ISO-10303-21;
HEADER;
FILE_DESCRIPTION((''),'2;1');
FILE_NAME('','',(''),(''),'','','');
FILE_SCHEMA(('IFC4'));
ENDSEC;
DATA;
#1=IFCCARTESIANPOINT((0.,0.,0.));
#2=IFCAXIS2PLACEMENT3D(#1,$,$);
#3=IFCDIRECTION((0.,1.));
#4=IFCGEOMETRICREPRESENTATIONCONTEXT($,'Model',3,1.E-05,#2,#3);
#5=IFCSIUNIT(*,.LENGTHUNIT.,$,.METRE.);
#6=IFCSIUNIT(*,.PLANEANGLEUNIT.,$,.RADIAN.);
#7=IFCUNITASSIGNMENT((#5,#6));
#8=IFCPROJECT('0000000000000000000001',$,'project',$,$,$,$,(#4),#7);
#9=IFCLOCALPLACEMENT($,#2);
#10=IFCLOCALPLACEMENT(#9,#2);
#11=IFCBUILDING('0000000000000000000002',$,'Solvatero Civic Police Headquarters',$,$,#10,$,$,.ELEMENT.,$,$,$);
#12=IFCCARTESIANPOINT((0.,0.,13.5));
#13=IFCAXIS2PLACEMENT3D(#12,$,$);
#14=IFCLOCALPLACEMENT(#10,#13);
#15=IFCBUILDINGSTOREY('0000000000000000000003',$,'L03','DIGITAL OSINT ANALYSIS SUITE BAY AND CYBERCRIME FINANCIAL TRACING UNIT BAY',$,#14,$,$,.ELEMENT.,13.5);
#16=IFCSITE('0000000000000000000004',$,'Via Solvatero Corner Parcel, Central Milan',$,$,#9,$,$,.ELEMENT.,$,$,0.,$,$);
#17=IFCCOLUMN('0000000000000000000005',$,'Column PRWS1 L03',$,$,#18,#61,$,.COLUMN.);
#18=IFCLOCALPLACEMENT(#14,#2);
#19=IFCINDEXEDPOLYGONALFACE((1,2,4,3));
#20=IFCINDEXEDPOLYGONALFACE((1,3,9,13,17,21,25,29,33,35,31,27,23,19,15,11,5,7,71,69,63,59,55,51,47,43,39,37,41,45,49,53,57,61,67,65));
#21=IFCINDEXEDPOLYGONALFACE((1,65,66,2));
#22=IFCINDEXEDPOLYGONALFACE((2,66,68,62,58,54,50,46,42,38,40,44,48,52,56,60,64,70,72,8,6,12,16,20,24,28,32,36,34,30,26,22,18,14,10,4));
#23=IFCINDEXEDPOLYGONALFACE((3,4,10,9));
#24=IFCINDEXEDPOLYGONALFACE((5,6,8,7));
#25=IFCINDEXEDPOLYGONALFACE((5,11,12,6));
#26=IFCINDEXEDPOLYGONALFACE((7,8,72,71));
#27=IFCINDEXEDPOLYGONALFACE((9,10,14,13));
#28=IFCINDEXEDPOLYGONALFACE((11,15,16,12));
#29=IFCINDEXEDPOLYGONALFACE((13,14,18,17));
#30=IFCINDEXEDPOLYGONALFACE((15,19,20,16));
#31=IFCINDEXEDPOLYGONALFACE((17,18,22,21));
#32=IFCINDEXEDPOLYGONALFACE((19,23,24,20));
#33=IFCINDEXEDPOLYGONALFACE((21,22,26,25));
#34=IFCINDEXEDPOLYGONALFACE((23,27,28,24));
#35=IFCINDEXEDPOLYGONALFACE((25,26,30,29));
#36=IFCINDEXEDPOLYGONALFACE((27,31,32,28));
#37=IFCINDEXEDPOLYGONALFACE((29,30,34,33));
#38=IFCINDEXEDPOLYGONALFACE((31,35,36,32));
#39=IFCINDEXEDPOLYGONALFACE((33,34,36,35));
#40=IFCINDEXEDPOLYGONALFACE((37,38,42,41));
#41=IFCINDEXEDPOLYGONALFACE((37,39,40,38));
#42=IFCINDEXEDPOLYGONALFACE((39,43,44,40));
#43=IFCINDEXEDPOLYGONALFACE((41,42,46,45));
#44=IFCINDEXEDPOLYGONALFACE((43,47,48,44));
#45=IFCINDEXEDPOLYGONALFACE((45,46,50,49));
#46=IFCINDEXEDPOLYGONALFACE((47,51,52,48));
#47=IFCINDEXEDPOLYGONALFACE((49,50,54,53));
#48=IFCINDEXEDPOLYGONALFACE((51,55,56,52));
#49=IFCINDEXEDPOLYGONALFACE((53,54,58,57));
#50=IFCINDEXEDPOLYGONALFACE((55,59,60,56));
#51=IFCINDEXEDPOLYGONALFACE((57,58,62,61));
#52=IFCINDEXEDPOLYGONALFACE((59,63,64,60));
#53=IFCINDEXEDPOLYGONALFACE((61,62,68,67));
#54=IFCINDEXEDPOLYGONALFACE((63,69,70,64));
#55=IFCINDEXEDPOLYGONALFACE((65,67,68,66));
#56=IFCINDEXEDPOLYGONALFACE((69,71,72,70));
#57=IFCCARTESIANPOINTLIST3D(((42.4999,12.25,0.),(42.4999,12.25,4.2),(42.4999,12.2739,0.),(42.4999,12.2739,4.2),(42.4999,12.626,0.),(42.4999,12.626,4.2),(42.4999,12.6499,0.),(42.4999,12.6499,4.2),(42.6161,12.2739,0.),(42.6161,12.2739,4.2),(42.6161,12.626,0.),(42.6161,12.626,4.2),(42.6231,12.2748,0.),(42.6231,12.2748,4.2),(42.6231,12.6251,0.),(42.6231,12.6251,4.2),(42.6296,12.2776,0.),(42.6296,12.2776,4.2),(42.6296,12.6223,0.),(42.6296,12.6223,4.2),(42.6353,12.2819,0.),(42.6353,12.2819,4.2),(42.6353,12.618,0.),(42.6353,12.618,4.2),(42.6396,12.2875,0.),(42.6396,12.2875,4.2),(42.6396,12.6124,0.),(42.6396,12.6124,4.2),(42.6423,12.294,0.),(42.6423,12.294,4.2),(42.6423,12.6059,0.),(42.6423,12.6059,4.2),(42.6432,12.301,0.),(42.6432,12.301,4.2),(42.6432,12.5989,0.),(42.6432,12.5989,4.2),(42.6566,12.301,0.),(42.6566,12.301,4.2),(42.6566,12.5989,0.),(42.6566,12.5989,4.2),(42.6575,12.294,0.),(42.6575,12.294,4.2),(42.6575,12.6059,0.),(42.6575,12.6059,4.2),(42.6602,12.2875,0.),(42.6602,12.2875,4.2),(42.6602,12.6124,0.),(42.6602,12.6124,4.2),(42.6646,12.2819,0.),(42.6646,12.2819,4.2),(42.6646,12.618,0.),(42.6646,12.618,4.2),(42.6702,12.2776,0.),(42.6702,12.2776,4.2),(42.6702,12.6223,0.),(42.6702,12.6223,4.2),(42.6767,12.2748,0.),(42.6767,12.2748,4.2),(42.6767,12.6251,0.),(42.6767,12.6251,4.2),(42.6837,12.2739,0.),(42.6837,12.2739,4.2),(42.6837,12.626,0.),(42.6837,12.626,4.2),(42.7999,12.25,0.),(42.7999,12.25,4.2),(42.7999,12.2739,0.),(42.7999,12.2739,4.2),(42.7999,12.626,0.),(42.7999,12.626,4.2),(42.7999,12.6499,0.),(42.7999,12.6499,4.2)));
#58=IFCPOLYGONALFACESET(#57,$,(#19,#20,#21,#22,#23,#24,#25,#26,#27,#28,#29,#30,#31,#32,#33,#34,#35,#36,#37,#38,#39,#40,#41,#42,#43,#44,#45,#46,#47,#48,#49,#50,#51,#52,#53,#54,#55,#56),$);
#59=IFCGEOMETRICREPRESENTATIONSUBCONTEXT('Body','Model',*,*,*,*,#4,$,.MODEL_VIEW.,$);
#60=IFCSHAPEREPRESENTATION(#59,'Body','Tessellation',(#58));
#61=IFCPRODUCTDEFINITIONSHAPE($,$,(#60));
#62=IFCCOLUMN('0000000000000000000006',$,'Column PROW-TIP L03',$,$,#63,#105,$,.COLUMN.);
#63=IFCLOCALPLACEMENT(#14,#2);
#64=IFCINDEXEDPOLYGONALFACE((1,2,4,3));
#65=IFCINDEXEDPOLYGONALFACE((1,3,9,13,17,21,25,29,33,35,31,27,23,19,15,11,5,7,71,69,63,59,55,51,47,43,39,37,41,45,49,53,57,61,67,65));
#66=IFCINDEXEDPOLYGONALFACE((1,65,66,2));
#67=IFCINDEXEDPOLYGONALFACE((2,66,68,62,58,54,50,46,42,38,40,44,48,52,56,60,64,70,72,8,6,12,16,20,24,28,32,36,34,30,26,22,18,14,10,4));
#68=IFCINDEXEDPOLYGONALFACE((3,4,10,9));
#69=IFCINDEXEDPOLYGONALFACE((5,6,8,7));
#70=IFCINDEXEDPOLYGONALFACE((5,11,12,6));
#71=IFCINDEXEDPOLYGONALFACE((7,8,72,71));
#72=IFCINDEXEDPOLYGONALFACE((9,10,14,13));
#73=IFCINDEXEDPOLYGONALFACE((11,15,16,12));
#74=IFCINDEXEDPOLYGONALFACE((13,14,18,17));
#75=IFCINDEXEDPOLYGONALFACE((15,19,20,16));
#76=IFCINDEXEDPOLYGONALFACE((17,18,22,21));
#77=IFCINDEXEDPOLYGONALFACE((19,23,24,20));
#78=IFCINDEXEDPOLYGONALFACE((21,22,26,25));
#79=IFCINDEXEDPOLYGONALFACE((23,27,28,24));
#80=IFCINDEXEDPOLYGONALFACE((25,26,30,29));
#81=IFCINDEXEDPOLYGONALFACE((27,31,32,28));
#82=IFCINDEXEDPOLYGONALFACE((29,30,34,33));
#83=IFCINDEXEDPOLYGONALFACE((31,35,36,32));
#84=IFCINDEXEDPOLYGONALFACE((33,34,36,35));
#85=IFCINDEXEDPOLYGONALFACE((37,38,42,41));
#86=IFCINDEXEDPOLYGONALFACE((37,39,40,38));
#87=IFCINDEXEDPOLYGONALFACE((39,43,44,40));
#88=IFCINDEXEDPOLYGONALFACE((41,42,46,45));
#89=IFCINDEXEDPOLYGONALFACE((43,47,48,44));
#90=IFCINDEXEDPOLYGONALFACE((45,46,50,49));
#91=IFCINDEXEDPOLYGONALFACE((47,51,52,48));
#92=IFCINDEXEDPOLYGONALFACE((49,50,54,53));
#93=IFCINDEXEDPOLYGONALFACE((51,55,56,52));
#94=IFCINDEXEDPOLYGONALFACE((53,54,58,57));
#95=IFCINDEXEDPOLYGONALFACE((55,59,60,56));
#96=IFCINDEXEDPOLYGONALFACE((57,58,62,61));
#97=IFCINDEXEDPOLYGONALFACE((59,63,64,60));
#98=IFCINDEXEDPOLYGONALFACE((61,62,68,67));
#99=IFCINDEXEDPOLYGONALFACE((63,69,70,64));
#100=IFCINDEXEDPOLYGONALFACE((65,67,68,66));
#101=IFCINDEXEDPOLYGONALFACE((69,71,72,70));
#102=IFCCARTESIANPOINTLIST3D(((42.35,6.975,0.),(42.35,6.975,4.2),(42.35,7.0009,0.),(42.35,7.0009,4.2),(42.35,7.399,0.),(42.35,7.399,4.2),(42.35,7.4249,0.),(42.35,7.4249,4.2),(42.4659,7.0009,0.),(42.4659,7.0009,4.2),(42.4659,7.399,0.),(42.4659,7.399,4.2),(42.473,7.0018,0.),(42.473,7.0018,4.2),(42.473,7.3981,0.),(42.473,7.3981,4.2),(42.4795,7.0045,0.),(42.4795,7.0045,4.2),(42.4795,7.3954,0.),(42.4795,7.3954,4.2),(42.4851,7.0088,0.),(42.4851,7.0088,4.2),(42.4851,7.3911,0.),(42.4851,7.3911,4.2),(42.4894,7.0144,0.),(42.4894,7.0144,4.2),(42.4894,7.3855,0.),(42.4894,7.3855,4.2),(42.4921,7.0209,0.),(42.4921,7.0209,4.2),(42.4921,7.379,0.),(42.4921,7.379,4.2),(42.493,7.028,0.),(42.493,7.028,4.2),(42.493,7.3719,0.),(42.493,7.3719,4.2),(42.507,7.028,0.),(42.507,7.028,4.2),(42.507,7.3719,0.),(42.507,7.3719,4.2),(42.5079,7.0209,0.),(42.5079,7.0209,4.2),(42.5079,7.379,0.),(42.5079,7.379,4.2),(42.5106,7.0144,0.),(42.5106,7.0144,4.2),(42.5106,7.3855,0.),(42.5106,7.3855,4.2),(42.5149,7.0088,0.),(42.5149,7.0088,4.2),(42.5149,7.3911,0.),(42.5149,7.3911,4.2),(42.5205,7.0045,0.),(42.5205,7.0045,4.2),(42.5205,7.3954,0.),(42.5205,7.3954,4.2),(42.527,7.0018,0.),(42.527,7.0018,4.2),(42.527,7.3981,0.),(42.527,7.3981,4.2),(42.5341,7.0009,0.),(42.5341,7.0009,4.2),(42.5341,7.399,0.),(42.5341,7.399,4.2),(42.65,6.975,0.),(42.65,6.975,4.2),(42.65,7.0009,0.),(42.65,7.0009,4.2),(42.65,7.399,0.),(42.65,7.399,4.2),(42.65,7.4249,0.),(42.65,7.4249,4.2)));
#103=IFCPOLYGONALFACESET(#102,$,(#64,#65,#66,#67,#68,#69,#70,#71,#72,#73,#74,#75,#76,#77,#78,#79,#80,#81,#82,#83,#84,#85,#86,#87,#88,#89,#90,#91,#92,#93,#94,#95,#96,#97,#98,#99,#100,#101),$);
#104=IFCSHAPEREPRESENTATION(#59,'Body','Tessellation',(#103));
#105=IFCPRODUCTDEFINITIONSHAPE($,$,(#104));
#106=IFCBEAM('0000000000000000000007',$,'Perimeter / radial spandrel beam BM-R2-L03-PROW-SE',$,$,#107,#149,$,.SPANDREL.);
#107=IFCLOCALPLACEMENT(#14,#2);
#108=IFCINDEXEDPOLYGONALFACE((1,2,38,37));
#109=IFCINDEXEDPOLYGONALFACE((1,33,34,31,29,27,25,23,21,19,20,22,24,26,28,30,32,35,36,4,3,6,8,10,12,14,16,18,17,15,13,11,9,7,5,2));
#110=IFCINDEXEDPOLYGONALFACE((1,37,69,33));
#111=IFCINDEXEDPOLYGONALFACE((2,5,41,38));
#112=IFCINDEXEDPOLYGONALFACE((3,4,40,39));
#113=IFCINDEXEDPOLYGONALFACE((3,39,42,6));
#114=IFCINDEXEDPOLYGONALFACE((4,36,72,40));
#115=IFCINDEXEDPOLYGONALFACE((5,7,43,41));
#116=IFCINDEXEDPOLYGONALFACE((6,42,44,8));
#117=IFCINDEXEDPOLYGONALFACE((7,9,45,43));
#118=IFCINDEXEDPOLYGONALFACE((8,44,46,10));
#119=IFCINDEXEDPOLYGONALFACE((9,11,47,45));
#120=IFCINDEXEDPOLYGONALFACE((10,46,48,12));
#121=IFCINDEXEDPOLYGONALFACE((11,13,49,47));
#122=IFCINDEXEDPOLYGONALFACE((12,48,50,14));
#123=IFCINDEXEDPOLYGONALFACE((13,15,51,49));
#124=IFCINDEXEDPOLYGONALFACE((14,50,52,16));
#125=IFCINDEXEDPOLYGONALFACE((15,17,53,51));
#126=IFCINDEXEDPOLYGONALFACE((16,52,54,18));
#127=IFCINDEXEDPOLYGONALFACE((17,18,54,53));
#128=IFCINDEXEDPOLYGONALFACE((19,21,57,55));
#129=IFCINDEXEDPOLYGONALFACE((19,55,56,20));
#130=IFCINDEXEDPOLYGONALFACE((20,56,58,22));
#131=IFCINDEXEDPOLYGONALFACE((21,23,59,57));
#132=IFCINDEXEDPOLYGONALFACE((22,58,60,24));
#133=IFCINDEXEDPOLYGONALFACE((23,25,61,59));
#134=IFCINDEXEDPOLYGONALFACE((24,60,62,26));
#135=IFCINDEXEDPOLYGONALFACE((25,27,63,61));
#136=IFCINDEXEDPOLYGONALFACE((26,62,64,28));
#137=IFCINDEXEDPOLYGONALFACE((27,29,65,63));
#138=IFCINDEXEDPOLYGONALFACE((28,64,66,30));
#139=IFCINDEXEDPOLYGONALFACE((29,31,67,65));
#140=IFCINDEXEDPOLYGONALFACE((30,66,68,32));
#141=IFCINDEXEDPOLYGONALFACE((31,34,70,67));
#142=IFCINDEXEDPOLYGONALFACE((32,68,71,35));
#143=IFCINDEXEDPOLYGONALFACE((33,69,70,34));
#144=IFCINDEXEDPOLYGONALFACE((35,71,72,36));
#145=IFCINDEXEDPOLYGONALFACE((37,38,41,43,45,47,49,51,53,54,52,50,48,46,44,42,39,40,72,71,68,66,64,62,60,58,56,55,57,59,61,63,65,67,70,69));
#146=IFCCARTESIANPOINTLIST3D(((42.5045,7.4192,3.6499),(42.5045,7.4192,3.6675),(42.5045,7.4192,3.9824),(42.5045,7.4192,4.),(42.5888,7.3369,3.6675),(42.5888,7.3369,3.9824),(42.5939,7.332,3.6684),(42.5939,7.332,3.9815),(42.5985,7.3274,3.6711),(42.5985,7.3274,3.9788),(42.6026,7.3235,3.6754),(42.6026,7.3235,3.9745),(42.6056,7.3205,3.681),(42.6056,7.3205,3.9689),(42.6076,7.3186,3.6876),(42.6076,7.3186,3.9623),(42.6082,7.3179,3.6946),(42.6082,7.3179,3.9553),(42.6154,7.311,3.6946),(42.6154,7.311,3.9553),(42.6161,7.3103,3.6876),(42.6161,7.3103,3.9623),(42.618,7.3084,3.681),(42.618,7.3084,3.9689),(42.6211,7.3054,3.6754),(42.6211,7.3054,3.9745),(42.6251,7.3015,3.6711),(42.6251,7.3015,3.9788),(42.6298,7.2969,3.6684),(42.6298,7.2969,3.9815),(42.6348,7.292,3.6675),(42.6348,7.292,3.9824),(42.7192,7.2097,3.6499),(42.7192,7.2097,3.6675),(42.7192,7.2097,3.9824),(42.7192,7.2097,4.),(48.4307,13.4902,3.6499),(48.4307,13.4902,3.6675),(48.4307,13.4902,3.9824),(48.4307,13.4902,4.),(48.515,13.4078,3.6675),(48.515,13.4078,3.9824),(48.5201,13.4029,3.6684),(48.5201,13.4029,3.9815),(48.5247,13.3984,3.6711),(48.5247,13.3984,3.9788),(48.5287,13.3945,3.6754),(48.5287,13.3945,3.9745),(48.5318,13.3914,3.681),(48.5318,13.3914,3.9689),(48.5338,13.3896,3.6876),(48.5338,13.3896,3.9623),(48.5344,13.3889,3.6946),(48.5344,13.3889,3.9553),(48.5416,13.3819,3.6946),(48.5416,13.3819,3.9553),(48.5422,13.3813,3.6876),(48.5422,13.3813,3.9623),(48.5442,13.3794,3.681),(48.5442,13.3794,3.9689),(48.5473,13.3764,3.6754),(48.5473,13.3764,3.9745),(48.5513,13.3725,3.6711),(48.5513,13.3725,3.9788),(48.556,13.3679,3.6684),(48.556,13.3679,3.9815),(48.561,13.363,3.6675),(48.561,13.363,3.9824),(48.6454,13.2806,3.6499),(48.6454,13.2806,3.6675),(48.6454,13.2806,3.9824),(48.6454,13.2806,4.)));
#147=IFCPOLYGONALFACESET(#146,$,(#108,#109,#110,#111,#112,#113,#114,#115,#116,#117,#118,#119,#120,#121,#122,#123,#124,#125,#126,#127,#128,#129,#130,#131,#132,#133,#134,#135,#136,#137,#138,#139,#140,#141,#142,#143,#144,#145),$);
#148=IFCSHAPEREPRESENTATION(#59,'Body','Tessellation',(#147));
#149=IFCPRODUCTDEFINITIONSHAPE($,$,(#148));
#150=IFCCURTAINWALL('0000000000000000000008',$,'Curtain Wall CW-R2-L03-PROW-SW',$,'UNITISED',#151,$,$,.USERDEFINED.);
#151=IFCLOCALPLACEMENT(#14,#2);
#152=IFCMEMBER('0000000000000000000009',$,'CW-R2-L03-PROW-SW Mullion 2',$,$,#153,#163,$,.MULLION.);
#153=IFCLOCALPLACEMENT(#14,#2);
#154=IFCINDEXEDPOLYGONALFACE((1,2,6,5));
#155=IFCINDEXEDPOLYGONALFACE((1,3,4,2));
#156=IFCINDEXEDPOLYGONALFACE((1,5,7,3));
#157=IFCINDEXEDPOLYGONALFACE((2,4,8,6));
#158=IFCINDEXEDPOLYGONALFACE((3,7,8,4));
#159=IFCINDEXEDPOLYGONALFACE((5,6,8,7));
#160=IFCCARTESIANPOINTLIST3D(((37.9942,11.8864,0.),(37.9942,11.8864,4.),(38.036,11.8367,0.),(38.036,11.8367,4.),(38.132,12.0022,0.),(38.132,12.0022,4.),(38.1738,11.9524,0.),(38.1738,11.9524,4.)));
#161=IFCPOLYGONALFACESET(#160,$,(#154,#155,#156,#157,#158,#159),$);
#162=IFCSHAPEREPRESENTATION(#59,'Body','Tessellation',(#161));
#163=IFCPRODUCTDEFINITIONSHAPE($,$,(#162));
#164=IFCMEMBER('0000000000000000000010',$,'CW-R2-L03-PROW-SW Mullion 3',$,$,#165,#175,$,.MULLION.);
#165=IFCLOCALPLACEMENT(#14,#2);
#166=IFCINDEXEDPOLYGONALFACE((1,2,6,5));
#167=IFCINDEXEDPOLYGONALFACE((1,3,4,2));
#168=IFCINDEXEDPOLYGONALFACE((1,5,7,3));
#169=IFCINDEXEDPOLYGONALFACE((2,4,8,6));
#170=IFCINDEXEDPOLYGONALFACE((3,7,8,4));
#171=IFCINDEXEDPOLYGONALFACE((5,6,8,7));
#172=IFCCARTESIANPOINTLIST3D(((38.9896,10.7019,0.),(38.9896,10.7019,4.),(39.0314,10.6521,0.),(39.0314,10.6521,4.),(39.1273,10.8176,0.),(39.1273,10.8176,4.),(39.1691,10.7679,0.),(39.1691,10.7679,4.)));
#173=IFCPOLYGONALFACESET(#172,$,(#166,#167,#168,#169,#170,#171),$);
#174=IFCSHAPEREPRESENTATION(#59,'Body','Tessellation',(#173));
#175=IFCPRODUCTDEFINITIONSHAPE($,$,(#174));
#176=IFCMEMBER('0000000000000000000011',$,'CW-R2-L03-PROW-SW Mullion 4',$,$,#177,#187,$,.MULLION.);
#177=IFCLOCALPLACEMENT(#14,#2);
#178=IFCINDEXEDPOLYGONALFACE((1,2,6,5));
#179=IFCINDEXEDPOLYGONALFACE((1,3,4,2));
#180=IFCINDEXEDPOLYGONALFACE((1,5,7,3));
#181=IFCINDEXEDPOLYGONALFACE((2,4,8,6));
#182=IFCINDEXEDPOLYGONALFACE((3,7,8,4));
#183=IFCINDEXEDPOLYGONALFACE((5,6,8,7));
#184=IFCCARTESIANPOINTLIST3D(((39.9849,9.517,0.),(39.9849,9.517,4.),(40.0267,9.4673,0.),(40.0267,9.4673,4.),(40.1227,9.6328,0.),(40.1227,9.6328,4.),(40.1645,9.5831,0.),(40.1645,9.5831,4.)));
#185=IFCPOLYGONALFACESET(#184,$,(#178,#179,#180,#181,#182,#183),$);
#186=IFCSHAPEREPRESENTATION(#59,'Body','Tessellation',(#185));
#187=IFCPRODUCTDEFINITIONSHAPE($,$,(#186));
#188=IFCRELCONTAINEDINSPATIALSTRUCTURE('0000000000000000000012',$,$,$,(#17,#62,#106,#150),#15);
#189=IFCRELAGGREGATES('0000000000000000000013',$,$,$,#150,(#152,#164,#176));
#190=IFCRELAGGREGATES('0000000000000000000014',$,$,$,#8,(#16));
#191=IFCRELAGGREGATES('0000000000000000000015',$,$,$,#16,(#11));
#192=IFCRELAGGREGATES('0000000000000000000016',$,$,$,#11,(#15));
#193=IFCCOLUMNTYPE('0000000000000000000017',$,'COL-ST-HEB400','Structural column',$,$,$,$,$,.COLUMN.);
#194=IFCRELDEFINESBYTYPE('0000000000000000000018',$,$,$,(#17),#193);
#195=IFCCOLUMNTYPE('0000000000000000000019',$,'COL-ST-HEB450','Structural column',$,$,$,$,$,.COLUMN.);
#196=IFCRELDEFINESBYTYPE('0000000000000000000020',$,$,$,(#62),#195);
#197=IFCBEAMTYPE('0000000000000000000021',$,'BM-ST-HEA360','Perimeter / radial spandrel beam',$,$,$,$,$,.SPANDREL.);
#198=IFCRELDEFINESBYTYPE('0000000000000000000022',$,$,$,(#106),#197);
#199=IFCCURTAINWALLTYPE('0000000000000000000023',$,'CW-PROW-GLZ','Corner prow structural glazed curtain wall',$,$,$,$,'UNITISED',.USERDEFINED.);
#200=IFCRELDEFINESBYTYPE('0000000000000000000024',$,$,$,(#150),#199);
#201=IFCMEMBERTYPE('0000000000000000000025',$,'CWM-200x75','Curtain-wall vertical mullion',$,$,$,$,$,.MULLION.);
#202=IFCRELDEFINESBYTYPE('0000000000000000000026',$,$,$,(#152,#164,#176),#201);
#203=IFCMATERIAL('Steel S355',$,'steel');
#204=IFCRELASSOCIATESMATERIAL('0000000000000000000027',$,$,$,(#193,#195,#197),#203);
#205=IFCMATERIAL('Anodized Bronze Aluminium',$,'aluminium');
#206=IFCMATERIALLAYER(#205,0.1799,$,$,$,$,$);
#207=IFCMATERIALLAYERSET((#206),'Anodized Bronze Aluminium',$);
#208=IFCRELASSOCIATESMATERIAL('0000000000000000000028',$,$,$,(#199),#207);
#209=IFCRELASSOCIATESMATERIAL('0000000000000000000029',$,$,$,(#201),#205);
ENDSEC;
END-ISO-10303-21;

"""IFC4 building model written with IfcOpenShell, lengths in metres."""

from ifc_helpers import new_model, si_unit, direction, frame, origin, origin_2d, place, context, subcontext, project, spatial, rectangle, i_section, extrude, material, layer, layer_set, material_profile, profile_set, type_object, element, aggregate, save


model = new_model("IFC4")

# Units and contexts
model_context = context("Model", 3, precision=1e-05, world=origin(), true_north=direction((0.0, 1.0)))
body_context = subcontext(model_context, "Body", "Model", "MODEL_VIEW")
ifc_project = project(units=[si_unit("LENGTHUNIT", "METRE"), si_unit("PLANEANGLEUNIT", "RADIAN")], contexts=[model_context])

# Site, building, storey
site_placement = place(None, origin())
site = spatial("IfcSite", under=ifc_project, at=site_placement, Name="Via Solvatero Corner Parcel, Central Milan", CompositionType="ELEMENT", RefElevation=0.0)
building_placement = place(site_placement, origin())
building = spatial("IfcBuilding", under=site, at=building_placement, Name="Solvatero Civic Police Headquarters", CompositionType="ELEMENT")
storey_placement = place(building_placement, frame((0.0, 0.0, 13.5)))
storey = spatial("IfcBuildingStorey", under=building, at=storey_placement, Name="L03", Description="DIGITAL OSINT ANALYSIS SUITE BAY AND CYBERCRIME FINANCIAL TRACING UNIT BAY", CompositionType="ELEMENT", Elevation=13.5)

# Columns
ifc_material_1 = material(Name="Steel S355", Category="steel")
ifc_material_profile_1 = material_profile(ifc_material_1, i_section(OverallWidth=0.3, OverallDepth=0.3999, WebThickness=0.0134, FlangeThickness=0.0239, FilletRadius=0.0271, at=origin_2d()), Name="HEB 400")
ifc_profile_set_1 = profile_set([ifc_material_profile_1], Name="Steel S355")
column_type_1 = type_object("IfcColumnType", Name="COL-ST-HEB400", Description="Structural column", PredefinedType="COLUMN", material=ifc_profile_set_1)
column_1_placement = place(storey_placement, frame((42.6499, 12.45, 0.0), z_axis=(0.0, 0.0, 1.0), x_axis=(1.0, 0.0, 0.0)))
element("IfcColumn", 1, at=column_1_placement, inside=storey, type_object=column_type_1, Name="Column PRWS1 L03", PredefinedType="COLUMN", context=body_context, shape_type="SweptSolid", body=[
    extrude(i_section(OverallWidth=0.3, OverallDepth=0.3999, WebThickness=0.0134, FlangeThickness=0.0239, FilletRadius=0.0271, at=origin_2d()), origin(), (0.0, 0.0, 1.0), 4.2),
])
ifc_material_profile_2 = material_profile(ifc_material_1, i_section(OverallWidth=0.3, OverallDepth=0.45, WebThickness=0.0139, FlangeThickness=0.0259, FilletRadius=0.0271, at=origin_2d()), Name="HEB 450")
ifc_profile_set_2 = profile_set([ifc_material_profile_2], Name="Steel S355")
column_type_2 = type_object("IfcColumnType", Name="COL-ST-HEB450", Description="Structural column", PredefinedType="COLUMN", material=ifc_profile_set_2)
column_2_placement = place(storey_placement, frame((42.5, 7.2, 0.0), z_axis=(0.0, 0.0, 1.0), x_axis=(1.0, 0.0, 0.0)))
element("IfcColumn", 2, at=column_2_placement, inside=storey, type_object=column_type_2, Name="Column PROW-TIP L03", PredefinedType="COLUMN", context=body_context, shape_type="SweptSolid", body=[
    extrude(i_section(OverallWidth=0.3, OverallDepth=0.45, WebThickness=0.0139, FlangeThickness=0.0259, FilletRadius=0.0271, at=origin_2d()), origin(), (0.0, 0.0, 1.0), 4.2),
])

# Beam
ifc_material_profile_3 = material_profile(ifc_material_1, i_section(OverallWidth=0.3, OverallDepth=0.3501, WebThickness=0.01, FlangeThickness=0.0176, FilletRadius=0.0271, at=origin_2d()), Name="HEA 360")
ifc_profile_set_3 = profile_set([ifc_material_profile_3], Name="Steel S355")
beam_type = type_object("IfcBeamType", Name="BM-ST-HEA360", Description="Perimeter / radial spandrel beam", PredefinedType="SPANDREL", material=ifc_profile_set_3)
beam_placement = place(storey_placement, frame((42.6118, 7.3145, 3.825), z_axis=(0.698523, 0.715588, 0.0), x_axis=(-0.715588, 0.698523, 0.0)))
element("IfcBeam", 3, at=beam_placement, inside=storey, type_object=beam_type, Name="Perimeter / radial spandrel beam BM-R2-L03-PROW-SE", PredefinedType="SPANDREL", context=body_context, shape_type="SweptSolid", body=[
    extrude(i_section(OverallWidth=0.3, OverallDepth=0.3501, WebThickness=0.01, FlangeThickness=0.0176, FilletRadius=0.0271, at=origin_2d()), origin(), (0.0, 0.0, 1.0), 8.4839),
])

# Curtain wall, members
ifc_material_2 = material(Name="Anodized Bronze Aluminium", Category="aluminium")
ifc_layer_1 = layer(ifc_material_2, 0.1799)
ifc_layer_set_1 = layer_set([ifc_layer_1], Name="Anodized Bronze Aluminium")
curtain_wall_type = type_object("IfcCurtainWallType", Name="CW-PROW-GLZ", Description="Corner prow structural glazed curtain wall", ElementType="UNITISED", PredefinedType="USERDEFINED", material=ifc_layer_set_1)
curtain_wall_1_placement = place(storey_placement, origin())
curtain_wall_1 = element("IfcCurtainWall", 4, at=curtain_wall_1_placement, inside=storey, type_object=curtain_wall_type, Name="Curtain Wall CW-R2-L03-PROW-SW", ObjectType="UNITISED", PredefinedType="USERDEFINED")
ifc_material_profile_4 = material_profile(ifc_material_2, rectangle(XDim=0.0649, YDim=0.1799, at=origin_2d()), Name="ALU MULLION 65x180")
ifc_profile_set_4 = profile_set([ifc_material_profile_4], Name="Anodized Bronze Aluminium")
member_type_1 = type_object("IfcMemberType", Name="CWM-200x75", Description="Curtain-wall vertical mullion", PredefinedType="MULLION", material=ifc_profile_set_4)
member_1_placement = place(storey_placement, frame((38.084, 11.9194, 0.0), z_axis=(0.0, 0.0, 1.0), x_axis=(0.643282, -0.765629, 0.0)))
member_1 = element("IfcMember", 5, at=member_1_placement, type_object=member_type_1, Name="CW-R2-L03-PROW-SW Mullion 2", PredefinedType="MULLION", context=body_context, shape_type="SweptSolid", body=[
    extrude(rectangle(XDim=0.0649, YDim=0.1799, at=origin_2d()), origin(), (0.0, 0.0, 1.0), 4.0),
])
member_2_placement = place(storey_placement, frame((39.0793, 10.7349, 0.0), z_axis=(0.0, 0.0, 1.0), x_axis=(0.643282, -0.765629, 0.0)))
member_2 = element("IfcMember", 6, at=member_2_placement, type_object=member_type_1, Name="CW-R2-L03-PROW-SW Mullion 3", PredefinedType="MULLION", context=body_context, shape_type="SweptSolid", body=[
    extrude(rectangle(XDim=0.0649, YDim=0.1799, at=origin_2d()), origin(), (0.0, 0.0, 1.0), 4.0),
])
member_3_placement = place(storey_placement, frame((40.0747, 9.55, 0.0), z_axis=(0.0, 0.0, 1.0), x_axis=(0.643282, -0.765629, 0.0)))
member_3 = element("IfcMember", 7, at=member_3_placement, type_object=member_type_1, Name="CW-R2-L03-PROW-SW Mullion 4", PredefinedType="MULLION", context=body_context, shape_type="SweptSolid", body=[
    extrude(rectangle(XDim=0.0649, YDim=0.1799, at=origin_2d()), origin(), (0.0, 0.0, 1.0), 4.0),
])

aggregate(curtain_wall_1, [member_1, member_2, member_3])

save(model, "model.ifc")
